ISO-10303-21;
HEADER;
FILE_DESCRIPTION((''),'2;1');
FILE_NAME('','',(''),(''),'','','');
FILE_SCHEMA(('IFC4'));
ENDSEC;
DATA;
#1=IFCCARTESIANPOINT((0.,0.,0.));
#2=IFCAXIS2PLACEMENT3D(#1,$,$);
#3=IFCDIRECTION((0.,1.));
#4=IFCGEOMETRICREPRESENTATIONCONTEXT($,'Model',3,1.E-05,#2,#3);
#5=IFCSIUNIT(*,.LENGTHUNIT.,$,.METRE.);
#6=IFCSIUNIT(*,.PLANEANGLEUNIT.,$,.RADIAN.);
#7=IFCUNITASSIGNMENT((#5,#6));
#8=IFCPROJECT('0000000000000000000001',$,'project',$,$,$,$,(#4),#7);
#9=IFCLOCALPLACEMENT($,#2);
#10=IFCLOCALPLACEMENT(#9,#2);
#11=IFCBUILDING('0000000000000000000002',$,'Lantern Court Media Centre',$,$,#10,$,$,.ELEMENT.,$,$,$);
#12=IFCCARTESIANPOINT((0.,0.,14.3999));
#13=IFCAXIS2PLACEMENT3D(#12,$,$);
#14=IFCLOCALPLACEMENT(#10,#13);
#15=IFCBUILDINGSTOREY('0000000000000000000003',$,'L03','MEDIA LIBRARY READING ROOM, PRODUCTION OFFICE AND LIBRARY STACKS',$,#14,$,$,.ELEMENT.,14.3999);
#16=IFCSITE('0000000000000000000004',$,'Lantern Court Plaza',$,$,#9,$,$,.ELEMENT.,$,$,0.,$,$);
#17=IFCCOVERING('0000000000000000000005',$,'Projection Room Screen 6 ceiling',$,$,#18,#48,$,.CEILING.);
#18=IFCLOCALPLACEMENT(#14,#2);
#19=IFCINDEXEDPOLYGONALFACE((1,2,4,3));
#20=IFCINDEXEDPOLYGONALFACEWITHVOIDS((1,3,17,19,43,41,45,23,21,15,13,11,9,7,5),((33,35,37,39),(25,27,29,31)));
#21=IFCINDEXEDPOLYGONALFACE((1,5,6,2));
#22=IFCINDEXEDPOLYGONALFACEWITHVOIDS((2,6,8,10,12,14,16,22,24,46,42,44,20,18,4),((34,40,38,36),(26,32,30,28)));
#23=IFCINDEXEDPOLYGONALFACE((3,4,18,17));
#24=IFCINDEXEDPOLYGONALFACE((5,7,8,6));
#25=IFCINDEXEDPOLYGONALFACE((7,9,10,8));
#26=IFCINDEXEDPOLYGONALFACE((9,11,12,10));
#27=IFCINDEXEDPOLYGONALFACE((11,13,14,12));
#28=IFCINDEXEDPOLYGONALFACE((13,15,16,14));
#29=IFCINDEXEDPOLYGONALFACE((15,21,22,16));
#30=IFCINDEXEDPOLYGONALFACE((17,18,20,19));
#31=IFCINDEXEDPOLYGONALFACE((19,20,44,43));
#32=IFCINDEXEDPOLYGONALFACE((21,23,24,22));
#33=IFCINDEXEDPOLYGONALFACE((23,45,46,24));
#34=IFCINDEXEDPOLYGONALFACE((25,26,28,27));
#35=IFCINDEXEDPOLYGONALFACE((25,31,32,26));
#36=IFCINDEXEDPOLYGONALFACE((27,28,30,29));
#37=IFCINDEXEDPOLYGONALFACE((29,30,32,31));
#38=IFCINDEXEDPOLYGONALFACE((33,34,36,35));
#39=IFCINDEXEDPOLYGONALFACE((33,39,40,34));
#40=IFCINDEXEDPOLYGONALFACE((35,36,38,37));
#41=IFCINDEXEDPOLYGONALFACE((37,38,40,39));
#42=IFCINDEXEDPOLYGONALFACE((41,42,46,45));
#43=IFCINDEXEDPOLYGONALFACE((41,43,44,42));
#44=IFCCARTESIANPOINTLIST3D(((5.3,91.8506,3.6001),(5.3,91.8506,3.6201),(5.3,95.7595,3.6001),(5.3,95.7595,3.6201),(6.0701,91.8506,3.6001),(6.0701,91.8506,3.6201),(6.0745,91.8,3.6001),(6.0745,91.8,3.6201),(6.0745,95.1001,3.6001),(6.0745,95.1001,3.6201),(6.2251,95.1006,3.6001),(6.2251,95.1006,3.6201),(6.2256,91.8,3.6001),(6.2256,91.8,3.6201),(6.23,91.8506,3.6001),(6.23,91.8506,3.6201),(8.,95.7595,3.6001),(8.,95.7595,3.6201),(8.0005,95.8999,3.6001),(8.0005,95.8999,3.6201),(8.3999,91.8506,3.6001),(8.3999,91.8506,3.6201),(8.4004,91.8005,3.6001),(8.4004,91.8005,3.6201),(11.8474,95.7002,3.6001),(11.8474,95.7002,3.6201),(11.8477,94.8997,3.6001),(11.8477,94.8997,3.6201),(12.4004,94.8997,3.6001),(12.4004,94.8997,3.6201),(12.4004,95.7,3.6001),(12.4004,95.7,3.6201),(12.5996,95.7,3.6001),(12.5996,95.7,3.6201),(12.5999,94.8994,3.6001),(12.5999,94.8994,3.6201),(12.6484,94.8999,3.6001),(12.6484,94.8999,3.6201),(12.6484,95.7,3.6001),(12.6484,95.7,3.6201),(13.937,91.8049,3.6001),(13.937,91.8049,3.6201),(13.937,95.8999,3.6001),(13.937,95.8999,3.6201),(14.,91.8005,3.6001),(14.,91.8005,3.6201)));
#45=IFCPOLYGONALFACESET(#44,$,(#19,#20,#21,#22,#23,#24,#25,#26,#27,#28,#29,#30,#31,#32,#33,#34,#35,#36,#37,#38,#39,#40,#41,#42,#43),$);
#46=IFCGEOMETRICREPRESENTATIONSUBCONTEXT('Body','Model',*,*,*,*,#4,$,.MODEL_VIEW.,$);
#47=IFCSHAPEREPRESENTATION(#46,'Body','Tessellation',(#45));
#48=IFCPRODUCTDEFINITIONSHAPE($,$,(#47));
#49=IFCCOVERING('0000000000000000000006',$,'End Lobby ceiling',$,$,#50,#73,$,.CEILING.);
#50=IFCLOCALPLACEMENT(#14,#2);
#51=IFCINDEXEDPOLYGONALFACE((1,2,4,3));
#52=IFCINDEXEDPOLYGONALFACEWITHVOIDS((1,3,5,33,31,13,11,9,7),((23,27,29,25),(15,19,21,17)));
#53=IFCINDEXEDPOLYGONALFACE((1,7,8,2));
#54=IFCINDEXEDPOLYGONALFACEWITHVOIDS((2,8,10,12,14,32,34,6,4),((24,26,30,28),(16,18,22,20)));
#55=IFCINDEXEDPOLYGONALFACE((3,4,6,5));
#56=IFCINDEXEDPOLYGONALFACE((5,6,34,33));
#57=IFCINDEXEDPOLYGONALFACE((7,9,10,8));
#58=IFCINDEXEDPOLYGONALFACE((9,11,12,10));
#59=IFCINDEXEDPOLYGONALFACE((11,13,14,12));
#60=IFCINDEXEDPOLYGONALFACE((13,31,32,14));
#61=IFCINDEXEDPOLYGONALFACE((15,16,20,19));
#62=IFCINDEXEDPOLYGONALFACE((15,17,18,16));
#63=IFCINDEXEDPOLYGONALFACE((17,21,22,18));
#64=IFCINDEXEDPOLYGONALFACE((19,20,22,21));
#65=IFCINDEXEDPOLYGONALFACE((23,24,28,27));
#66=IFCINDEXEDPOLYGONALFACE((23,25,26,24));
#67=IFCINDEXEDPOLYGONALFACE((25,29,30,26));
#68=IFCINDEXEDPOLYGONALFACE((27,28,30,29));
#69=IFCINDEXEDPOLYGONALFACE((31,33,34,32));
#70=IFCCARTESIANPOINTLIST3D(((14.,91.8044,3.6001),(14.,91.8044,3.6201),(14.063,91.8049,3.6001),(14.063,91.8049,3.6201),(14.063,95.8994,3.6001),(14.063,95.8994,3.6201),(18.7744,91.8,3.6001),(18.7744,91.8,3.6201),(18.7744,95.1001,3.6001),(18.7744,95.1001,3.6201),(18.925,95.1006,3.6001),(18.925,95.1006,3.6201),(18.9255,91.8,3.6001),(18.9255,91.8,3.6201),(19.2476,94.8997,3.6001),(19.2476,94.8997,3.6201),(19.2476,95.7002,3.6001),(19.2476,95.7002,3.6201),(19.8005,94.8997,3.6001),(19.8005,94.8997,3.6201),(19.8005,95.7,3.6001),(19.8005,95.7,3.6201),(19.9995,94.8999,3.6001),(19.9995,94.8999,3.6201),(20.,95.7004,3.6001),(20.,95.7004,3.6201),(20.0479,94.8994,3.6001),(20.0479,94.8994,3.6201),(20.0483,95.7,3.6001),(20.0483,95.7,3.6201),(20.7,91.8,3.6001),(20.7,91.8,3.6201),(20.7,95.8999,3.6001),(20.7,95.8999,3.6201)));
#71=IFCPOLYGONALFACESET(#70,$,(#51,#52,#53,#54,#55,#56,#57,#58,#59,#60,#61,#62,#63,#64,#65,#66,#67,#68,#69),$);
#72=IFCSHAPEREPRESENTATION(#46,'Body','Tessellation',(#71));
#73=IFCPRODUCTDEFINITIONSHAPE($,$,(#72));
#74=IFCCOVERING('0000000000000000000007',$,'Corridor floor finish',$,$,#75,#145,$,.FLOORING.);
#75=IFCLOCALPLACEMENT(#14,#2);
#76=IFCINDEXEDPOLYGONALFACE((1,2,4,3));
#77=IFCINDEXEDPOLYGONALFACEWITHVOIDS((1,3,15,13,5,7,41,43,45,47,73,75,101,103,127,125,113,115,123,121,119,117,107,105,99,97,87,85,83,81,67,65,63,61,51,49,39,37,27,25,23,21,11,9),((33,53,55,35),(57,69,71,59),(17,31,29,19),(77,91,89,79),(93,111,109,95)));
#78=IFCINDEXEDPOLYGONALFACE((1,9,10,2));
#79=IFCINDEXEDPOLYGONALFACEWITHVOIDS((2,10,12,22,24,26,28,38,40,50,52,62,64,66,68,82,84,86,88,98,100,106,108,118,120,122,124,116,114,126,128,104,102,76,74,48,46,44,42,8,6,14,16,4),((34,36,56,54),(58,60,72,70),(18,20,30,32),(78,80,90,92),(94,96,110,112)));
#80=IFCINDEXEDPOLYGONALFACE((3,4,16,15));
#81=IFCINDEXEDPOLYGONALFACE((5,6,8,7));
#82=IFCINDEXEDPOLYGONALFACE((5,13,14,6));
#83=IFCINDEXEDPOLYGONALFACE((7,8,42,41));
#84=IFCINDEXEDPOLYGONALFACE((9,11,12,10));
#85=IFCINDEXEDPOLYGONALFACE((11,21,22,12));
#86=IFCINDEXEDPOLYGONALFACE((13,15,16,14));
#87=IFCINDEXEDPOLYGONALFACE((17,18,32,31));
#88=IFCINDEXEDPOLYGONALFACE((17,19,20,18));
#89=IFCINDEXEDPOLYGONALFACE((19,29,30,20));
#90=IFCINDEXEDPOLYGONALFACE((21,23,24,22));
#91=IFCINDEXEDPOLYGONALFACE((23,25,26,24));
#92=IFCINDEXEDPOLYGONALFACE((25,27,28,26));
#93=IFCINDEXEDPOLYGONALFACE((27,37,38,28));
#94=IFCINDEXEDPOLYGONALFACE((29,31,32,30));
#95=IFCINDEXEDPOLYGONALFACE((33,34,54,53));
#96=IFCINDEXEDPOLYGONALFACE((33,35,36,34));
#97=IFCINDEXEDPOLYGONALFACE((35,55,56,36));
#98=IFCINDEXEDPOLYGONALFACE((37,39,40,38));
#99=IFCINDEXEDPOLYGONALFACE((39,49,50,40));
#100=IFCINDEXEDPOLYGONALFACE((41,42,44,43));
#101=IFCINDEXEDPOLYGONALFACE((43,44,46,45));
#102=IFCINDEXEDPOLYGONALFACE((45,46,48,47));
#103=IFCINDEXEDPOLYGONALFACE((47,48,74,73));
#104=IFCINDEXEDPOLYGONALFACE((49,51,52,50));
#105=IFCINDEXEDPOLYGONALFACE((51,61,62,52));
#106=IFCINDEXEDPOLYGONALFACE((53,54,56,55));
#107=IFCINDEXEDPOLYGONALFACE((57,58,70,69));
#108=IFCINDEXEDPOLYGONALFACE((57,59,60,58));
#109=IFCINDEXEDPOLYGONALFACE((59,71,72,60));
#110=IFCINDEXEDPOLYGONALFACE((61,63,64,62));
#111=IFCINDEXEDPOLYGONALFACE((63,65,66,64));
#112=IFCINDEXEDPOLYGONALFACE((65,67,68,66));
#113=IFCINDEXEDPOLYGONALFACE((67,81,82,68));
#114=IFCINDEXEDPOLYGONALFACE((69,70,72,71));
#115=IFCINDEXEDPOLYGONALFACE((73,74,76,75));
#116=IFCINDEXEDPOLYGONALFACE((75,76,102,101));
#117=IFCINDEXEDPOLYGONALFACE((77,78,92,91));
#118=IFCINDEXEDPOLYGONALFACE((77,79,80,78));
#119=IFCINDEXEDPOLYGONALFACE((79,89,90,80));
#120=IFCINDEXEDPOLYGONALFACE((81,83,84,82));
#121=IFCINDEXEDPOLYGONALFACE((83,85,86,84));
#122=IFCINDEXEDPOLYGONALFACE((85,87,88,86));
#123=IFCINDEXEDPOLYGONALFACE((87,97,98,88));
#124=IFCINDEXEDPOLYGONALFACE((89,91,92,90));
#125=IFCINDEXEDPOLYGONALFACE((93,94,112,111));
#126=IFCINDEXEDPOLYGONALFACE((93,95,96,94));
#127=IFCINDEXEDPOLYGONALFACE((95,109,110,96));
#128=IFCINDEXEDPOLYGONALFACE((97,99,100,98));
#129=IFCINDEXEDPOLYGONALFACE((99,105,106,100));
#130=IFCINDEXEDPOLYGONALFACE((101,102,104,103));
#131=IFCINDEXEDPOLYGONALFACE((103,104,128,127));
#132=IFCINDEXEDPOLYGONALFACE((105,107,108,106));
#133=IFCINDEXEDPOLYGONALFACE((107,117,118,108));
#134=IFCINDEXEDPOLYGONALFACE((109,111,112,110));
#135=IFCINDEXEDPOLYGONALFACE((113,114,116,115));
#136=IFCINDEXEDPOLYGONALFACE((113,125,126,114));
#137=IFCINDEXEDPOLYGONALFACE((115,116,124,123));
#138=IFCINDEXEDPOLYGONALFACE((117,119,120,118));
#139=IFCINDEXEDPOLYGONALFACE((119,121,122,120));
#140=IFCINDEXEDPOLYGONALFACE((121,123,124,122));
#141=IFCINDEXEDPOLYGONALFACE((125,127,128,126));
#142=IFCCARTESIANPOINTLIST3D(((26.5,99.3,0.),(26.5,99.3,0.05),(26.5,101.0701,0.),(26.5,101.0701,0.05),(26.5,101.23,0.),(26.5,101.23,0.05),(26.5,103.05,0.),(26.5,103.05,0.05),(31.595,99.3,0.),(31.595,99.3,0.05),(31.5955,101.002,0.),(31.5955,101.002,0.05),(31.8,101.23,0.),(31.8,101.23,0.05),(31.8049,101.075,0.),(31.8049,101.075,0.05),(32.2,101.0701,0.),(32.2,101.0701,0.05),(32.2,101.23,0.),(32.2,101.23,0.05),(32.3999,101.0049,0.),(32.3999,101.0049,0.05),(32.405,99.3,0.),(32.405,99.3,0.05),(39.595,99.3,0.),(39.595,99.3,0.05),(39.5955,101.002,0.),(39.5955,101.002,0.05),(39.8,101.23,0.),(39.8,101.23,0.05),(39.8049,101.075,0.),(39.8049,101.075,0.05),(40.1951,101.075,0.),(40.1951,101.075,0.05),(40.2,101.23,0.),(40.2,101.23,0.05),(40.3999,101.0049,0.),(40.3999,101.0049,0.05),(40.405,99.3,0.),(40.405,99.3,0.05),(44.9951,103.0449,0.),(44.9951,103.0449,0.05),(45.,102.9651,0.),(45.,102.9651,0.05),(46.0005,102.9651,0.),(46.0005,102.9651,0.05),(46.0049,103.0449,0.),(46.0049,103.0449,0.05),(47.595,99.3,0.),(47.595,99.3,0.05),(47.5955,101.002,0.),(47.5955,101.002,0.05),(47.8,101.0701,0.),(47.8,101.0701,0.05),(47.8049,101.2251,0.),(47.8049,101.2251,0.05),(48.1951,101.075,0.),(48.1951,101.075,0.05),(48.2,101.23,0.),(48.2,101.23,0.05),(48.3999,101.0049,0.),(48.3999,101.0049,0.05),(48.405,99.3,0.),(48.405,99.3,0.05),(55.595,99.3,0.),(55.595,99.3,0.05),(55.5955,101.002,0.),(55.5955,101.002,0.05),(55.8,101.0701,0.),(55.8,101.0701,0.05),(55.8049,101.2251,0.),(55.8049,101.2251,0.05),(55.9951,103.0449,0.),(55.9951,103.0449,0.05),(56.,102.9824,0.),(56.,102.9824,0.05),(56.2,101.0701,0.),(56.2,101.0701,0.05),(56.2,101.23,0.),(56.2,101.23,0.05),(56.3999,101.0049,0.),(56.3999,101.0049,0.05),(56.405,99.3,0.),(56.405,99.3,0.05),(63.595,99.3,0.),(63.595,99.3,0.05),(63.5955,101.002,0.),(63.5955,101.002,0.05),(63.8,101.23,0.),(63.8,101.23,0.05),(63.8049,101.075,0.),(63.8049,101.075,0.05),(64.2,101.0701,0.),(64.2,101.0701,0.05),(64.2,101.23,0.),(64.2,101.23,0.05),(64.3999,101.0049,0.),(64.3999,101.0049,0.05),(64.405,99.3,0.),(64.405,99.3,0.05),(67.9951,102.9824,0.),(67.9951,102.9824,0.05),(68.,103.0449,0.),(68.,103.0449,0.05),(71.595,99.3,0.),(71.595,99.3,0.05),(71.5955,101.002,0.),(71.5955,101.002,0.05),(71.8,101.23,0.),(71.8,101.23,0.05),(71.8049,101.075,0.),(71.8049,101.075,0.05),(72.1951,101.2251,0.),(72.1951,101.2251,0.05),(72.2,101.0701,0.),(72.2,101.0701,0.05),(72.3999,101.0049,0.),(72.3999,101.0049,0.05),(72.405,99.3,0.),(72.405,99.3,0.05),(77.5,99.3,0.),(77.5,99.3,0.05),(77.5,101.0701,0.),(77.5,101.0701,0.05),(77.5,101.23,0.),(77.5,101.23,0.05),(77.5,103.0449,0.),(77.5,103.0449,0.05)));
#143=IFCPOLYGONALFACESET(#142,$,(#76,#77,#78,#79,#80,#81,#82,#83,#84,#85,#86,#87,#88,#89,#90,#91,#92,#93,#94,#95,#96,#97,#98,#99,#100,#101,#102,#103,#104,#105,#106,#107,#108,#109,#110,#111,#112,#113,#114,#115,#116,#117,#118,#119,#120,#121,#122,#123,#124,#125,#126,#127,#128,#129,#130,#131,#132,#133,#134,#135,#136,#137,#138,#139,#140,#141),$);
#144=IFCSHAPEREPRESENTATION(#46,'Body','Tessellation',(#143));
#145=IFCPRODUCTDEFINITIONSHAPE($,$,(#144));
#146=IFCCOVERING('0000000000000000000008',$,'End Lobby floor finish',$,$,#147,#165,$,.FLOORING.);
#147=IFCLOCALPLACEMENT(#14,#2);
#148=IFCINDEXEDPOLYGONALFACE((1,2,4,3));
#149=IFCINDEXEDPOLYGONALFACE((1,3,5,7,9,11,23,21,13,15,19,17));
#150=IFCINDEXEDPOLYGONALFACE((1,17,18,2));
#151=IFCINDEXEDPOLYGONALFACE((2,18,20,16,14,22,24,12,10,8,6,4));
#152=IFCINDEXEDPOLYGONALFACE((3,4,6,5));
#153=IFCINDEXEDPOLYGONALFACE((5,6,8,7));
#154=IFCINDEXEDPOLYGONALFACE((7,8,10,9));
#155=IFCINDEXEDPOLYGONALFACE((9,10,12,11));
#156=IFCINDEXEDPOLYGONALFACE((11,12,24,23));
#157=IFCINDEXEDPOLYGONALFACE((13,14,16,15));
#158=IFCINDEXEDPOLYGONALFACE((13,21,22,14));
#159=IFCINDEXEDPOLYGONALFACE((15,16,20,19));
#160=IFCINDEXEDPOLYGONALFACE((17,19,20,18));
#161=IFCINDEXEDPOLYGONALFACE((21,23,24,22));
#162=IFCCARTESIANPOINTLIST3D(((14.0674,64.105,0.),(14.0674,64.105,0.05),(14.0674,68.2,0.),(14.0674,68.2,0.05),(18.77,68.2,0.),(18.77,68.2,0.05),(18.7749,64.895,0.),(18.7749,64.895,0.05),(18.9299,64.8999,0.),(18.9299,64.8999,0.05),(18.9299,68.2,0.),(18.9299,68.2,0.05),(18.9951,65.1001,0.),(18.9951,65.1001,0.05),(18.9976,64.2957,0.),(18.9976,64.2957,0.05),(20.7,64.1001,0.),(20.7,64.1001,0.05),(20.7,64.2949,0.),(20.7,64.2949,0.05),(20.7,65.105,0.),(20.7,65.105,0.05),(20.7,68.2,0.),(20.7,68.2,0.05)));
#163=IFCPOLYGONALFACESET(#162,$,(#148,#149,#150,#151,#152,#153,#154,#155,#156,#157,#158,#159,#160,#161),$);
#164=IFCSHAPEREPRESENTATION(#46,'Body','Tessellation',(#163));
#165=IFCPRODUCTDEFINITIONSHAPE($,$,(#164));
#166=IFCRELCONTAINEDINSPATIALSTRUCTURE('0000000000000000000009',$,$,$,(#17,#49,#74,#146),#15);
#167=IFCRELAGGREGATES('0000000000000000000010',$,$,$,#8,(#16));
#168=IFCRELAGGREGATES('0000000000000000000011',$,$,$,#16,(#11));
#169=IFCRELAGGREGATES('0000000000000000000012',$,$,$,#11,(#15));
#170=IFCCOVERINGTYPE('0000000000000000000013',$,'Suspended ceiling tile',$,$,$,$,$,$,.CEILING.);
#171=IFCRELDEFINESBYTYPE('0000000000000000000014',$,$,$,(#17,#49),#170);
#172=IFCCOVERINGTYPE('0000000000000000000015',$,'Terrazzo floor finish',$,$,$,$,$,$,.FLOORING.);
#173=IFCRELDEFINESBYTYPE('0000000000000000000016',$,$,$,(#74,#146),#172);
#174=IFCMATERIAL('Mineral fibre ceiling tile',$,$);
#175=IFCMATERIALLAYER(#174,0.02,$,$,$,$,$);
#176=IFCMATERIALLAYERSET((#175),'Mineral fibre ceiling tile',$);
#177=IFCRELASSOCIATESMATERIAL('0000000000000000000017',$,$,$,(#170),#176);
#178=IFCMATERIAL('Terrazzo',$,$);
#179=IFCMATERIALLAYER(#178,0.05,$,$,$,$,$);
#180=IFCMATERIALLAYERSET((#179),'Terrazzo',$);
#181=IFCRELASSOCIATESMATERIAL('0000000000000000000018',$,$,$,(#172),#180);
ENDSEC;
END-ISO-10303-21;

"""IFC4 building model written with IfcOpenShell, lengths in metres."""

from ifc_helpers import new_model, si_unit, direction, frame, origin, place, context, subcontext, project, spatial, polyline, outline, extrude, material, layer, layer_set, type_object, element, save


model = new_model("IFC4")

# Units and contexts
model_context = context("Model", 3, precision=1e-05, world=origin(), true_north=direction((0.0, 1.0)))
body_context = subcontext(model_context, "Body", "Model", "MODEL_VIEW")
ifc_project = project(units=[si_unit("LENGTHUNIT", "METRE"), si_unit("PLANEANGLEUNIT", "RADIAN")], contexts=[model_context])

# Site, building, storey
site_placement = place(None, origin())
site = spatial("IfcSite", under=ifc_project, at=site_placement, Name="Lantern Court Plaza", CompositionType="ELEMENT", RefElevation=0.0)
building_placement = place(site_placement, origin())
building = spatial("IfcBuilding", under=site, at=building_placement, Name="Lantern Court Media Centre", CompositionType="ELEMENT")
storey_placement = place(building_placement, frame((0.0, 0.0, 14.3999)))
storey = spatial("IfcBuildingStorey", under=building, at=storey_placement, Name="L03", Description="MEDIA LIBRARY READING ROOM, PRODUCTION OFFICE AND LIBRARY STACKS", CompositionType="ELEMENT", Elevation=14.3999)

# Coverings
ifc_material_1 = material(Name="Mineral fibre ceiling tile")
ifc_layer_1 = layer(ifc_material_1, 0.02)
ifc_layer_set_1 = layer_set([ifc_layer_1], Name="Mineral fibre ceiling tile")
covering_type_1 = type_object("IfcCoveringType", Name="Suspended ceiling tile", PredefinedType="CEILING", material=ifc_layer_set_1)
covering_1_placement = place(storey_placement, frame((0.0, 0.0, 3.6001)))
element("IfcCovering", 1, at=covering_1_placement, inside=storey, type_object=covering_type_1, Name="Projection Room Screen 6 ceiling", PredefinedType="CEILING", context=body_context, shape_type="SweptSolid", body=[
    extrude(outline(polyline([(14.0, 91.8005), (8.4004, 91.8005), (8.3999, 91.8506), (6.23, 91.8506), (6.2256, 91.8), (6.2251, 95.1006), (6.0745, 95.1001), (6.0745, 91.8), (6.0701, 91.8506), (5.3, 91.8506), (5.3, 95.7595), (8.0, 95.7595), (8.0005, 95.8999), (13.937, 95.8999), (13.937, 91.8049), (14.0, 91.8005)]), holes=[polyline([(12.6484, 95.7), (12.5996, 95.7), (12.5999, 94.8994), (12.6484, 94.8999), (12.6484, 95.7)]), polyline([(12.4004, 95.7), (11.8474, 95.7002), (11.8477, 94.8997), (12.4004, 94.8997), (12.4004, 95.7)])]), origin(), (0.0, 0.0, 1.0), 0.02),
])
covering_2_placement = place(storey_placement, frame((0.0, 0.0, 3.6001)))
element("IfcCovering", 2, at=covering_2_placement, inside=storey, type_object=covering_type_1, Name="End Lobby ceiling", PredefinedType="CEILING", context=body_context, shape_type="SweptSolid", body=[
    extrude(outline(polyline([(14.0, 91.8044), (14.063, 91.8049), (14.063, 95.8994), (20.7, 95.8999), (20.7, 91.8), (18.9255, 91.8), (18.925, 95.1006), (18.7744, 95.1001), (18.7744, 91.8), (14.0, 91.8044)]), holes=[polyline([(20.0479, 94.8994), (20.0483, 95.7), (20.0, 95.7004), (19.9995, 94.8999), (20.0479, 94.8994)]), polyline([(19.8005, 95.7), (19.2476, 95.7002), (19.2476, 94.8997), (19.8005, 94.8997), (19.8005, 95.7)])]), origin(), (0.0, 0.0, 1.0), 0.02),
])
ifc_material_2 = material(Name="Terrazzo")
ifc_layer_2 = layer(ifc_material_2, 0.05)
ifc_layer_set_2 = layer_set([ifc_layer_2], Name="Terrazzo")
covering_type_2 = type_object("IfcCoveringType", Name="Terrazzo floor finish", PredefinedType="FLOORING", material=ifc_layer_set_2)
covering_3_placement = place(storey_placement, origin())
element("IfcCovering", 3, at=covering_3_placement, inside=storey, type_object=covering_type_2, Name="Corridor floor finish", PredefinedType="FLOORING", context=body_context, shape_type="SweptSolid", body=[
    extrude(outline(polyline([(77.5, 99.3), (72.405, 99.3), (72.3999, 101.0049), (71.5955, 101.002), (71.595, 99.3), (64.405, 99.3), (64.3999, 101.0049), (63.5955, 101.002), (63.595, 99.3), (56.405, 99.3), (56.3999, 101.0049), (55.5955, 101.002), (55.595, 99.3), (48.405, 99.3), (48.3999, 101.0049), (47.5955, 101.002), (47.595, 99.3), (40.405, 99.3), (40.3999, 101.0049), (39.5955, 101.002), (39.595, 99.3), (32.405, 99.3), (32.3999, 101.0049), (31.5955, 101.002), (31.595, 99.3), (26.5, 99.3), (26.5, 101.0701), (31.8049, 101.075), (31.8, 101.23), (26.5, 101.23), (26.5, 103.05), (44.9951, 103.0449), (45.0, 102.9651), (46.0005, 102.9651), (46.0049, 103.0449), (55.9951, 103.0449), (56.0, 102.9824), (67.9951, 102.9824), (68.0, 103.0449), (77.5, 103.0449), (77.5, 101.23), (72.1951, 101.2251), (72.2, 101.0701), (77.5, 101.0701), (77.5, 99.3)]), holes=[polyline([(64.2, 101.23), (64.2, 101.0701), (71.8049, 101.075), (71.8, 101.23), (64.2, 101.23)]), polyline([(56.2, 101.23), (56.2, 101.0701), (63.8049, 101.075), (63.8, 101.23), (56.2, 101.23)]), polyline([(48.1951, 101.075), (55.8, 101.0701), (55.8049, 101.2251), (48.2, 101.23), (48.1951, 101.075)]), polyline([(40.1951, 101.075), (47.8, 101.0701), (47.8049, 101.2251), (40.2, 101.23), (40.1951, 101.075)]), polyline([(32.2, 101.23), (32.2, 101.0701), (39.8049, 101.075), (39.8, 101.23), (32.2, 101.23)])]), origin(), (0.0, 0.0, 1.0), 0.05),
])
covering_4_placement = place(storey_placement, origin())
element("IfcCovering", 4, at=covering_4_placement, inside=storey, type_object=covering_type_2, Name="End Lobby floor finish", PredefinedType="FLOORING", context=body_context, shape_type="SweptSolid", body=[
    extrude(outline(polyline([(20.7, 64.1001), (14.0674, 64.105), (14.0674, 68.2), (18.77, 68.2), (18.7749, 64.895), (18.9299, 64.8999), (18.9299, 68.2), (20.7, 68.2), (20.7, 65.105), (18.9951, 65.1001), (18.9976, 64.2957), (20.7, 64.2949), (20.7, 64.1001)])), origin(), (0.0, 0.0, 1.0), 0.05),
])

save(model, "model.ifc")
